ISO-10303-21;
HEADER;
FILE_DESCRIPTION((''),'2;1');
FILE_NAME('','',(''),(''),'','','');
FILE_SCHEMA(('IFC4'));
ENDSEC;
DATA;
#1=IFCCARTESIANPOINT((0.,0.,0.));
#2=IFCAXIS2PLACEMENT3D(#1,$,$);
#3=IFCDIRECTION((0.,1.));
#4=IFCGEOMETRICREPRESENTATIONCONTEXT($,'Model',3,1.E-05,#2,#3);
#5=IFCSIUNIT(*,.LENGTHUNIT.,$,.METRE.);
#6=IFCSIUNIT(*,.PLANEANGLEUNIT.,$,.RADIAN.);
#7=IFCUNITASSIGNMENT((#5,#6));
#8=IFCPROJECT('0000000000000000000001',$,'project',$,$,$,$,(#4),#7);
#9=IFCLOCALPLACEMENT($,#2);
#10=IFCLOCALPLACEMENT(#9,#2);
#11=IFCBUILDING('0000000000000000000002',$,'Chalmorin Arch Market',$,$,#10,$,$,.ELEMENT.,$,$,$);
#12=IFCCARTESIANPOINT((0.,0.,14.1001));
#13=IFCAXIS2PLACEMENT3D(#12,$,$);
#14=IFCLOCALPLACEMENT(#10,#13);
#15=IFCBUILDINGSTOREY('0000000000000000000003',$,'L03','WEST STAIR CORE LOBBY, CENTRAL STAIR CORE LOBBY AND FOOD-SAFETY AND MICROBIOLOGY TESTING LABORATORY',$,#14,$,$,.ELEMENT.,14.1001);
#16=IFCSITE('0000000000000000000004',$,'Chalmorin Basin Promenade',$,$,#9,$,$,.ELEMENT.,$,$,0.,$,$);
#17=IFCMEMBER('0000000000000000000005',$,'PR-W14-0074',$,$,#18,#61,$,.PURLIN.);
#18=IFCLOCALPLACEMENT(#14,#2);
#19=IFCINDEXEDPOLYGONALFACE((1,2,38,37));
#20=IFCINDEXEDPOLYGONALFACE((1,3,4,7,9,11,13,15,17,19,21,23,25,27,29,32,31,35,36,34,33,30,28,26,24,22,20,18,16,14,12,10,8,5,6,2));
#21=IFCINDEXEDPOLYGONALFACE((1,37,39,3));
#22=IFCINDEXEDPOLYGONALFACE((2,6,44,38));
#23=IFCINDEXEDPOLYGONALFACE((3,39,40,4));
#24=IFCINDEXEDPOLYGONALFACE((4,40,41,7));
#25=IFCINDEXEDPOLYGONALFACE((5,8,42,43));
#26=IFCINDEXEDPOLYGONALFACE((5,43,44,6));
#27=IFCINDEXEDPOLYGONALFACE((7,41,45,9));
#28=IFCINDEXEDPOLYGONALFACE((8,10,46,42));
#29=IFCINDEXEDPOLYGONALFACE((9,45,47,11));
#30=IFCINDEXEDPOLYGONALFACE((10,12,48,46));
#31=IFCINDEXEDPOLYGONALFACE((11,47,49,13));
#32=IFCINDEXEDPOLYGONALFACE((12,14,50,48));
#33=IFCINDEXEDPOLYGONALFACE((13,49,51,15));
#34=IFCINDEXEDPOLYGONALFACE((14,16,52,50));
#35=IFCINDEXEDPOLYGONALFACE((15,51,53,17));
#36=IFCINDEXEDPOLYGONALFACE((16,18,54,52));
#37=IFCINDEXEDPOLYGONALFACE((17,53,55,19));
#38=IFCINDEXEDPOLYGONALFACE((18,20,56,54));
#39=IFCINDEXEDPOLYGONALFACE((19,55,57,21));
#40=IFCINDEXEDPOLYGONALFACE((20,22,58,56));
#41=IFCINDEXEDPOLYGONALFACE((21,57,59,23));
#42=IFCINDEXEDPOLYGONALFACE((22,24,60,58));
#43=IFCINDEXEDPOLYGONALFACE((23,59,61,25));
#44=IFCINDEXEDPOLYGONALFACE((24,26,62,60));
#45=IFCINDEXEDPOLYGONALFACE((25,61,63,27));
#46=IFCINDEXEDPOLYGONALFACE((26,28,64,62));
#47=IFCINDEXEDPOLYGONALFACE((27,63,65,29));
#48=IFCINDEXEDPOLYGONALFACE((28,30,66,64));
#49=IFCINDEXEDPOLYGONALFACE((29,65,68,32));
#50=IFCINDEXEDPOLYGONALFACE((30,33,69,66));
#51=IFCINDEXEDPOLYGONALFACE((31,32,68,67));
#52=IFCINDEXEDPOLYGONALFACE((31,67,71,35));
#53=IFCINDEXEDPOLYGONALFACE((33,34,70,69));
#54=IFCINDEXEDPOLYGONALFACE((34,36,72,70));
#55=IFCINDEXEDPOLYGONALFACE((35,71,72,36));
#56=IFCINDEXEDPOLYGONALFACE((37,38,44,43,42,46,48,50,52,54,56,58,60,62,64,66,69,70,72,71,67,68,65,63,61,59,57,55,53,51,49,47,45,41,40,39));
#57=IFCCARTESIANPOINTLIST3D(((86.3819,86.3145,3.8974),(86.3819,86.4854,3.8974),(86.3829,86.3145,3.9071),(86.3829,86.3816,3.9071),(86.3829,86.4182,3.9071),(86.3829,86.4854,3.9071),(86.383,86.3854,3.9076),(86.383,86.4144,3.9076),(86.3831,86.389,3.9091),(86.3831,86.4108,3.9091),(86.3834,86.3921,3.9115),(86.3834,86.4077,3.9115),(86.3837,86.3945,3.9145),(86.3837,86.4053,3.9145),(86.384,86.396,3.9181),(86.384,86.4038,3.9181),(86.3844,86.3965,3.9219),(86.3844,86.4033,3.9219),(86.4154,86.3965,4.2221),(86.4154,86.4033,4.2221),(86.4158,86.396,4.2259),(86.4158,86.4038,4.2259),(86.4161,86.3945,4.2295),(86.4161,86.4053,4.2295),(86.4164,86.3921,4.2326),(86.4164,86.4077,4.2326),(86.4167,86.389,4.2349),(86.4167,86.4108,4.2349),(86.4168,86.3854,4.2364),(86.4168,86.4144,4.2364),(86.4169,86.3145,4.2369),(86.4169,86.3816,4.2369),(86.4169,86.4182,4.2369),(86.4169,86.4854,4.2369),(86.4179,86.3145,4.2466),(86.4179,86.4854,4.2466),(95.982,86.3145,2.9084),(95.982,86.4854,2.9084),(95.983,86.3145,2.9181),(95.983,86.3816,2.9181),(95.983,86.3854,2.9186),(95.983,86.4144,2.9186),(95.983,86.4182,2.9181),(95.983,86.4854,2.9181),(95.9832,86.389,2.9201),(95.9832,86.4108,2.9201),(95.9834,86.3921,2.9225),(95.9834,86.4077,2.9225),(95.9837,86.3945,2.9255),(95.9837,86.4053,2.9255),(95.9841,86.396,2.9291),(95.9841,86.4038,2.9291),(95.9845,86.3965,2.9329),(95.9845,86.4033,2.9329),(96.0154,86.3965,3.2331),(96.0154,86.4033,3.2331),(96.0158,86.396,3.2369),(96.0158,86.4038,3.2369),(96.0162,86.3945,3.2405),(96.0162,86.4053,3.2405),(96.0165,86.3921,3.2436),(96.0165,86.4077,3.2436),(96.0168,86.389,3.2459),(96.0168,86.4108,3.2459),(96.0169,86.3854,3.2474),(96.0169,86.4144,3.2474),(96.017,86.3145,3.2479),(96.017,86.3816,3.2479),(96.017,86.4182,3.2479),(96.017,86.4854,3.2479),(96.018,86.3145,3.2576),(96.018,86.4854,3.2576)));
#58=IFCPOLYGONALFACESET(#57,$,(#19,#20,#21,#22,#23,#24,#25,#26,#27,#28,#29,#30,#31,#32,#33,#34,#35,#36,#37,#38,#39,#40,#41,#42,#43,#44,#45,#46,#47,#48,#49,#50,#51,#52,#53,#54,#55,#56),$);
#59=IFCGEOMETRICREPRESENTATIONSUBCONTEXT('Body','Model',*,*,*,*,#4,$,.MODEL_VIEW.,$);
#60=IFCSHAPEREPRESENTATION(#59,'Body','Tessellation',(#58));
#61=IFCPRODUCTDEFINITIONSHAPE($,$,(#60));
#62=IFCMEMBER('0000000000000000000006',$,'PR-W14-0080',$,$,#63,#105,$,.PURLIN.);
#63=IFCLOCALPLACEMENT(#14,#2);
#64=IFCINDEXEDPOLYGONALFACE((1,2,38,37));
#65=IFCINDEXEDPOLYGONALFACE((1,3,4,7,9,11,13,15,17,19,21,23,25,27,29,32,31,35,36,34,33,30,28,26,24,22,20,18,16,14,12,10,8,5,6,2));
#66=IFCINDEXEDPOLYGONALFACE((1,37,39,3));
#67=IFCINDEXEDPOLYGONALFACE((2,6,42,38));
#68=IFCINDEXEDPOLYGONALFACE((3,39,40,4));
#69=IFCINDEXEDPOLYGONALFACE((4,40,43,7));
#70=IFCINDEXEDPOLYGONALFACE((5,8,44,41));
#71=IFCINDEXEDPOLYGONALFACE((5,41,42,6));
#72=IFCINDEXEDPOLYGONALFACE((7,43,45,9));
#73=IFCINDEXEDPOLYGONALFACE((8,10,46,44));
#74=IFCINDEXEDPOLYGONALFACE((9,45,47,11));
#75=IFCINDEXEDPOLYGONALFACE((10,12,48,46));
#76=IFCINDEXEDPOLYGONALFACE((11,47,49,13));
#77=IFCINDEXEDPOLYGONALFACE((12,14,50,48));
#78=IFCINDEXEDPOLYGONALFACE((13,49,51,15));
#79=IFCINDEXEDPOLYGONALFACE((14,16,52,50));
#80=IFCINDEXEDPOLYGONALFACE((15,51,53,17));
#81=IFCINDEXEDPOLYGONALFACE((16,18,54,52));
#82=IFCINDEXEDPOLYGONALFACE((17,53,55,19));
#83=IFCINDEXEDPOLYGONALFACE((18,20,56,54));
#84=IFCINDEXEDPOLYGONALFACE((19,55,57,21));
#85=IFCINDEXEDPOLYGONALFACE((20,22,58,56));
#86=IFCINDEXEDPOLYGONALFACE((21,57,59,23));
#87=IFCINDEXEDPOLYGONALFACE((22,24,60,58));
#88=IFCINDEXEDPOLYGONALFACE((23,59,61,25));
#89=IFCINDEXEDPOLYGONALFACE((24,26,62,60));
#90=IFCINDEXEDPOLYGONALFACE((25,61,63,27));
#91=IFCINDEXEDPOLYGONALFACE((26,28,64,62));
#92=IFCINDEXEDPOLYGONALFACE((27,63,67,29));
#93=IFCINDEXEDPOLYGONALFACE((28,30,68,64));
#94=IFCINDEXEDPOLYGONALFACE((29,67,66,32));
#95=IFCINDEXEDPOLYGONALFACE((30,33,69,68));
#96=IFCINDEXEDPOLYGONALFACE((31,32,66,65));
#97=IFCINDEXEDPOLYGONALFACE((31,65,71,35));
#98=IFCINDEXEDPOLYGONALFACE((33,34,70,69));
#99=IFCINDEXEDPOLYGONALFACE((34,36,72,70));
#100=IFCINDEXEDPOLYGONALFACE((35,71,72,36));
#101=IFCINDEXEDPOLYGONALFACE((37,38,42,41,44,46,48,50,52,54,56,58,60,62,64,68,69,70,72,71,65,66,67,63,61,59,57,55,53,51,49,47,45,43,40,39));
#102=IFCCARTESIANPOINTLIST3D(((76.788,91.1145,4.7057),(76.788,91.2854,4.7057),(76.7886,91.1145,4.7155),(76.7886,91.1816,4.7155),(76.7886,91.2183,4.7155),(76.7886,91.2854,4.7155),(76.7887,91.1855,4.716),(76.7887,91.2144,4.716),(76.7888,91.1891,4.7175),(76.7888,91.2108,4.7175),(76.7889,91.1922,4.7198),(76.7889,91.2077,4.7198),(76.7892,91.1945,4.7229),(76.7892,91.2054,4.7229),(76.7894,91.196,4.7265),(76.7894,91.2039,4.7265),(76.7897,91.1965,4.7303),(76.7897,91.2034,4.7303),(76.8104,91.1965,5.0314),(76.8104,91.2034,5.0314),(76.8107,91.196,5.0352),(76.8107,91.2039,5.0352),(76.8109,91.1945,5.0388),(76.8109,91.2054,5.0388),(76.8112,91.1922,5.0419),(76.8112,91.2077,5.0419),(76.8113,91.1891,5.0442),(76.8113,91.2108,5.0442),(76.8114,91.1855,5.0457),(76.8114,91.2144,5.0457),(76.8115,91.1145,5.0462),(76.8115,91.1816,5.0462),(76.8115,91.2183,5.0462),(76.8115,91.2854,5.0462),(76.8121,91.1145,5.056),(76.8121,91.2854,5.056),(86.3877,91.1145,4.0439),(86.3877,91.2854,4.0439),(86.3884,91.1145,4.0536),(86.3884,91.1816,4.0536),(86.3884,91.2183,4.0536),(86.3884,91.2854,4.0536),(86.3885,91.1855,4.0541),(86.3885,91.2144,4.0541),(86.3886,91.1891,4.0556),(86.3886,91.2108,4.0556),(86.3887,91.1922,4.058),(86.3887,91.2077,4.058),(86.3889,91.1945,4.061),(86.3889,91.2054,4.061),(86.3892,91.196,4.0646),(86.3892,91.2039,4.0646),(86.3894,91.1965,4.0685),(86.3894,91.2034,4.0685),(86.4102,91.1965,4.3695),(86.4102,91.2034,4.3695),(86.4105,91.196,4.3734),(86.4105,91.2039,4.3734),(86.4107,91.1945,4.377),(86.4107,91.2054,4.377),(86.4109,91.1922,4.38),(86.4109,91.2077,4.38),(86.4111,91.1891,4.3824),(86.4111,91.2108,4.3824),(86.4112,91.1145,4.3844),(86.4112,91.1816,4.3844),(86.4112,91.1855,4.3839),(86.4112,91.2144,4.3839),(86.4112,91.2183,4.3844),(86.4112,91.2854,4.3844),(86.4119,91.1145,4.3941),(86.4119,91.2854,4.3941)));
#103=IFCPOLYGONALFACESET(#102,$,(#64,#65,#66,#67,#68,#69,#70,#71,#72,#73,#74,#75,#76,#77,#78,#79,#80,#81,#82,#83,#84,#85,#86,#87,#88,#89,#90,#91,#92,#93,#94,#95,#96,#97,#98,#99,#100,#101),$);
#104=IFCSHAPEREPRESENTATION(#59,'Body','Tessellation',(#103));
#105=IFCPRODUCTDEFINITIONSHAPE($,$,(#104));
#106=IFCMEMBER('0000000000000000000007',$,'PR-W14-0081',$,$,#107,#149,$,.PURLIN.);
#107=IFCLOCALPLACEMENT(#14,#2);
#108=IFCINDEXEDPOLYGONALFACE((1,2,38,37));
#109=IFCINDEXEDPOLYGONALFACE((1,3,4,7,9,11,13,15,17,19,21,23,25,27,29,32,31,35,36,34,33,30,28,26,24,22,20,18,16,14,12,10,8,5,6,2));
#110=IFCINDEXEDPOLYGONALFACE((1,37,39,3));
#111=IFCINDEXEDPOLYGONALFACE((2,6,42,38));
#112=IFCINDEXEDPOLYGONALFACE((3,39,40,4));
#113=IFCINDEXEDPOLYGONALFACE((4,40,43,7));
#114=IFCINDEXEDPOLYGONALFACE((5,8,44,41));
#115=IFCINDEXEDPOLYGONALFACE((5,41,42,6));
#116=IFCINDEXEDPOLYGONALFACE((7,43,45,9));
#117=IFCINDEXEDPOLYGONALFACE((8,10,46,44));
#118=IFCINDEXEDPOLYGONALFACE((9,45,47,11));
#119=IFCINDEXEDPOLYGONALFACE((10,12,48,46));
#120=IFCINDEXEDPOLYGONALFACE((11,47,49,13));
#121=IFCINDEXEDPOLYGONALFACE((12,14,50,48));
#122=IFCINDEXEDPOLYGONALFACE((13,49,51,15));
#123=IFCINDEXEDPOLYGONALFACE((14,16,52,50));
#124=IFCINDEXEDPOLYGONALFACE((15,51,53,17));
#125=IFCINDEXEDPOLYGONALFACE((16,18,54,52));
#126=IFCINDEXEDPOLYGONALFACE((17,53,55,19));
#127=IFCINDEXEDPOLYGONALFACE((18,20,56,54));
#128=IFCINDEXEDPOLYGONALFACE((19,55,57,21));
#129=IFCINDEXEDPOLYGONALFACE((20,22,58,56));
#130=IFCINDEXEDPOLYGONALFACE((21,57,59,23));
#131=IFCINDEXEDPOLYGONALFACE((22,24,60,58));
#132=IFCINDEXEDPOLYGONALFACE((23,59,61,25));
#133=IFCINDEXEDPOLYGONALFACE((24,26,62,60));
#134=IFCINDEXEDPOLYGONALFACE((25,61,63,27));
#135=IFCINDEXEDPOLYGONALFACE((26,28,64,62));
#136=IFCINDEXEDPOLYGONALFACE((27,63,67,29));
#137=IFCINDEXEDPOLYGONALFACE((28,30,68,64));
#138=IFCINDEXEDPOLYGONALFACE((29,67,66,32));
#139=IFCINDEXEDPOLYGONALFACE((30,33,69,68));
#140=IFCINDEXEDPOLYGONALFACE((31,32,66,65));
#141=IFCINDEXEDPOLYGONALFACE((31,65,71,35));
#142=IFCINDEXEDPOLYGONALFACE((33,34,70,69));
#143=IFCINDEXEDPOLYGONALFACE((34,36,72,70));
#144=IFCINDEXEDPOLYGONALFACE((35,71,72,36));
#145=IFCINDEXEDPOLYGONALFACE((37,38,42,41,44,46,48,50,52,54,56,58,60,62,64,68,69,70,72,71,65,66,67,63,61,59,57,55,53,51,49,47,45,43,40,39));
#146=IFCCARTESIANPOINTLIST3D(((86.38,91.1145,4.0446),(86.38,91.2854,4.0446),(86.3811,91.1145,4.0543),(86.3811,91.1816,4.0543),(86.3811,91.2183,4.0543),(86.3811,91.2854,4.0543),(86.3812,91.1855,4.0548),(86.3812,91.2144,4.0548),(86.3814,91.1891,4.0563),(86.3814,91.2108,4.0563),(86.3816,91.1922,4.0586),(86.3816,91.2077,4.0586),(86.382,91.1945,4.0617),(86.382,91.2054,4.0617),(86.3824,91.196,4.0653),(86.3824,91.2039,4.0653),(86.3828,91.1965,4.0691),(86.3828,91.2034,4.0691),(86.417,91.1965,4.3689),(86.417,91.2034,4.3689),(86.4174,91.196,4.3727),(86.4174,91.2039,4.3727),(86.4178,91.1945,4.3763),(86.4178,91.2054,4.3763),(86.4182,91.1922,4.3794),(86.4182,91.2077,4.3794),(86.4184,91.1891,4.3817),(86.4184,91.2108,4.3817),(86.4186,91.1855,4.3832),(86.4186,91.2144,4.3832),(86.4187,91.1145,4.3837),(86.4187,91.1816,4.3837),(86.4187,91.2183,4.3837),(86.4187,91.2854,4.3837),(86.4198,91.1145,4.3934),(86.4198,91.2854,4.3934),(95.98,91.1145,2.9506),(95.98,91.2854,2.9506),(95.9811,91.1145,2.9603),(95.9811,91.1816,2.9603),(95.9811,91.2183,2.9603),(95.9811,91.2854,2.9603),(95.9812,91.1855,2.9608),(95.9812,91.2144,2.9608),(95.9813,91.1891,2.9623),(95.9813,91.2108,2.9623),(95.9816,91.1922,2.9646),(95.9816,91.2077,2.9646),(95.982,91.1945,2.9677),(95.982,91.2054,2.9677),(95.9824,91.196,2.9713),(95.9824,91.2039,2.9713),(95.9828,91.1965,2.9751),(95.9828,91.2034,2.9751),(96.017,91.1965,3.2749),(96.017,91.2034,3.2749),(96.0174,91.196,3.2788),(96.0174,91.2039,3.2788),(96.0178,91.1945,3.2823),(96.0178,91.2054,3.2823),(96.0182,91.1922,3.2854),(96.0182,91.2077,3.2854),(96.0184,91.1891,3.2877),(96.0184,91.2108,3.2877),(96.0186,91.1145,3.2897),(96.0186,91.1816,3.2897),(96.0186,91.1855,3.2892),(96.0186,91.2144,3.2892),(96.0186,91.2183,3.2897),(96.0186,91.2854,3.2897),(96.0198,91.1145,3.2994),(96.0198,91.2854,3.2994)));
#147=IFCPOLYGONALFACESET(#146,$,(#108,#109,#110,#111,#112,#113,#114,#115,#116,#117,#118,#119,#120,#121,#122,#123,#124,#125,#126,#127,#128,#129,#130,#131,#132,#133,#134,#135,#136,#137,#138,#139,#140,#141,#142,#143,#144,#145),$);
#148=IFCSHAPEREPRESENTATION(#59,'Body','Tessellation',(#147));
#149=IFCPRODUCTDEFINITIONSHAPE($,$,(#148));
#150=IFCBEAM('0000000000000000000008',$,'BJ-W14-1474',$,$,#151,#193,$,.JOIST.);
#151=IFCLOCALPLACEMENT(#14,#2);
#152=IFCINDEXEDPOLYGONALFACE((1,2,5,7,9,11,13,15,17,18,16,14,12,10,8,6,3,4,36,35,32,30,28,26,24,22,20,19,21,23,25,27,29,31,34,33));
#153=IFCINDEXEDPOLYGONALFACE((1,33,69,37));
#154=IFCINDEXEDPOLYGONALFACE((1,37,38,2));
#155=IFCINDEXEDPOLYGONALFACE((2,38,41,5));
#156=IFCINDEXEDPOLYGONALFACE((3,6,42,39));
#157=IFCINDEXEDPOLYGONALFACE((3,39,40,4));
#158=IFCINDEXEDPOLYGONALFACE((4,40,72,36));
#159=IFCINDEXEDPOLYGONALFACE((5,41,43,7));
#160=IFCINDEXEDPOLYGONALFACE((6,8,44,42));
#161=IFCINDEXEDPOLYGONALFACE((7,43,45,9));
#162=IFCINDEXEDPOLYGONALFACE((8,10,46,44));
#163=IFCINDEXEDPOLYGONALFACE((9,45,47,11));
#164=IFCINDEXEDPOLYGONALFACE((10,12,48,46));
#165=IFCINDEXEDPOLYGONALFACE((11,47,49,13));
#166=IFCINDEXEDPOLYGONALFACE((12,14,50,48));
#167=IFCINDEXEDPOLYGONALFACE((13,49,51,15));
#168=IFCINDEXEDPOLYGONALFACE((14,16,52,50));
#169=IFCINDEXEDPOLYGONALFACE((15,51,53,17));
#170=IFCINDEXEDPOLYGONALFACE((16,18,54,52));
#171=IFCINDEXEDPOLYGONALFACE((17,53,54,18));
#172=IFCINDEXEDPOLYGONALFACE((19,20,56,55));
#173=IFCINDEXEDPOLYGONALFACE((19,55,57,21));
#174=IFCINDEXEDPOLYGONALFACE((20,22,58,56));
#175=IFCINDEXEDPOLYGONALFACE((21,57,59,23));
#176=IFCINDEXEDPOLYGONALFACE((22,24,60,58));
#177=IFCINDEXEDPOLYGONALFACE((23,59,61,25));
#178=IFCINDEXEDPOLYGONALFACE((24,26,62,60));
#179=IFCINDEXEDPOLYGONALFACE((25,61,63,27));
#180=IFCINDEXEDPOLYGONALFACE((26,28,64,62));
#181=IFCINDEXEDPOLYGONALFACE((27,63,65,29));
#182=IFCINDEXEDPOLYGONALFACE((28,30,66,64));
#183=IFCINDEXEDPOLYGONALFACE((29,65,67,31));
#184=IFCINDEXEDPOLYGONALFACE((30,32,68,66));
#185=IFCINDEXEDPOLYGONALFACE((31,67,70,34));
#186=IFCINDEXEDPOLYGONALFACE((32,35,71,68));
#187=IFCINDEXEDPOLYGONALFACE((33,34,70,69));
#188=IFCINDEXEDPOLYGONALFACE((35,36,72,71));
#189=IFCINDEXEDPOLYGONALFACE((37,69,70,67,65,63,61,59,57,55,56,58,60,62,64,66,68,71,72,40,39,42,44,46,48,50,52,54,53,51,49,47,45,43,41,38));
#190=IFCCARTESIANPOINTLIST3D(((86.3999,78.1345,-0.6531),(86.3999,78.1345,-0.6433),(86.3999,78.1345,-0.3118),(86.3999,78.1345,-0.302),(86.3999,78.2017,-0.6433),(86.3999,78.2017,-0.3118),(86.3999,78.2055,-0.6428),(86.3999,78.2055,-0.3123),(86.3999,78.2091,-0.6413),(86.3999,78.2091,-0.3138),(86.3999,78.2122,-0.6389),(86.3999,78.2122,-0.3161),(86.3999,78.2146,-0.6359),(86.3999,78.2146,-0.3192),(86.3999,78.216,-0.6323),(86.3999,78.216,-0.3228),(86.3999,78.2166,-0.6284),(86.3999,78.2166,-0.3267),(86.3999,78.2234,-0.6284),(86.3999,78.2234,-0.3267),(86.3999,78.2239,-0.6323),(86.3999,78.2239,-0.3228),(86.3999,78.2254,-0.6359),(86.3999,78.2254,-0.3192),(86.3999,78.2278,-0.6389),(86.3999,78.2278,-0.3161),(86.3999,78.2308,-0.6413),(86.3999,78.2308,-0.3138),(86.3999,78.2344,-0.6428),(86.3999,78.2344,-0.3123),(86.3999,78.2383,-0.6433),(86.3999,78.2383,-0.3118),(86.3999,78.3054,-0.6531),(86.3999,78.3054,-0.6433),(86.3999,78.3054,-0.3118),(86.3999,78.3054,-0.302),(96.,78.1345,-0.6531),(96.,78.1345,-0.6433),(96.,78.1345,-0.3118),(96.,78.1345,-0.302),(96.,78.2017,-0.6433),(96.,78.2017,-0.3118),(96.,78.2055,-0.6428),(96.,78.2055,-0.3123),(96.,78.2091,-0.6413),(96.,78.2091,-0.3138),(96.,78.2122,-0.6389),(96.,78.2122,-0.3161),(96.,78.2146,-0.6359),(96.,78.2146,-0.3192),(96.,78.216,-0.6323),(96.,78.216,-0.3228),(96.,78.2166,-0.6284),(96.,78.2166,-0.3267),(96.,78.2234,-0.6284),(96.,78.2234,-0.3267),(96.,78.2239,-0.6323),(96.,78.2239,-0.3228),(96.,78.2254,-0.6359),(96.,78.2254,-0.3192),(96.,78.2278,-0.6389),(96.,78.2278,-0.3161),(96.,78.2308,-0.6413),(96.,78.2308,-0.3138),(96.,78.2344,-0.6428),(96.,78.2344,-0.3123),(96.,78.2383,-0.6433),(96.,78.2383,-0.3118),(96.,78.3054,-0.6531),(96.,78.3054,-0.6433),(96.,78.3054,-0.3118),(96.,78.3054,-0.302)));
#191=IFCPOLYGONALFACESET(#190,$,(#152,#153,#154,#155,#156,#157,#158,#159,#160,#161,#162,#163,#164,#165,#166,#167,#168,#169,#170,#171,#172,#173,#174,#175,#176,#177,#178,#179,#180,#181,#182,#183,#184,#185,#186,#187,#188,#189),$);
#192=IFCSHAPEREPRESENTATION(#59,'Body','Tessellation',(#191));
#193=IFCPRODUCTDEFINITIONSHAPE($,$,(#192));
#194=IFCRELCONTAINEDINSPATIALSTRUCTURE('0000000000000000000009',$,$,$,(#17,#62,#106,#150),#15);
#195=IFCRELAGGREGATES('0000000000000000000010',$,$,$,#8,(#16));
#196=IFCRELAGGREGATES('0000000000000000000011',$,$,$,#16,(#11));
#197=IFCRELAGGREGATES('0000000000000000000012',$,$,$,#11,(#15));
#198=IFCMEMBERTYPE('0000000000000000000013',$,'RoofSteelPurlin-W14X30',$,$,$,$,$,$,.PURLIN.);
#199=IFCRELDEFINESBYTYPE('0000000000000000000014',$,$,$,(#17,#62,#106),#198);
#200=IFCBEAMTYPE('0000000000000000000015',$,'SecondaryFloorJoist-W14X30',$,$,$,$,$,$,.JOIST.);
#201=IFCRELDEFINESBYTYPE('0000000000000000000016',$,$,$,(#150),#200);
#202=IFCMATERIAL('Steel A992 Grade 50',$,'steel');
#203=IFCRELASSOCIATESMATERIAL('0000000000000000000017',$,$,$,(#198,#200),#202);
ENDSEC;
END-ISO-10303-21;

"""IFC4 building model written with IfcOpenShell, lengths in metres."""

from ifc_helpers import new_model, si_unit, direction, frame, origin, origin_2d, place, context, subcontext, project, spatial, i_section, extrude, material, material_profile, profile_set, type_object, element, save


model = new_model("IFC4")

# Units and contexts
model_context = context("Model", 3, precision=1e-05, world=origin(), true_north=direction((0.0, 1.0)))
body_context = subcontext(model_context, "Body", "Model", "MODEL_VIEW")
ifc_project = project(units=[si_unit("LENGTHUNIT", "METRE"), si_unit("PLANEANGLEUNIT", "RADIAN")], contexts=[model_context])

# Site, building, storey
site_placement = place(None, origin())
site = spatial("IfcSite", under=ifc_project, at=site_placement, Name="Chalmorin Basin Promenade", CompositionType="ELEMENT", RefElevation=0.0)
building_placement = place(site_placement, origin())
building = spatial("IfcBuilding", under=site, at=building_placement, Name="Chalmorin Arch Market", CompositionType="ELEMENT")
storey_placement = place(building_placement, frame((0.0, 0.0, 14.1001)))
storey = spatial("IfcBuildingStorey", under=building, at=storey_placement, Name="L03", Description="WEST STAIR CORE LOBBY, CENTRAL STAIR CORE LOBBY AND FOOD-SAFETY AND MICROBIOLOGY TESTING LABORATORY", CompositionType="ELEMENT", Elevation=14.1001)

# Shared definitions
ifc_material_1 = material(Name="Steel A992 Grade 50", Category="steel")

# Members
ifc_material_profile_1 = material_profile(ifc_material_1, i_section(OverallWidth=0.1709, OverallDepth=0.3511, WebThickness=0.0068, FlangeThickness=0.0098, FilletRadius=0.0149, at=origin_2d()), Name="W14X30")
ifc_profile_set_1 = profile_set([ifc_material_profile_1], Name="Steel A992 Grade 50")
member_type = type_object("IfcMemberType", Name="RoofSteelPurlin-W14X30", PredefinedType="PURLIN", material=ifc_profile_set_1)
member_1_placement = place(storey_placement, frame((86.3999, 86.3999, 4.072), z_axis=(0.994735, 0.0, -0.102479), x_axis=(0.0, 1.0, 0.0)))
element("IfcMember", 1, at=member_1_placement, inside=storey, type_object=member_type, Name="PR-W14-0074", PredefinedType="PURLIN", context=body_context, shape_type="SweptSolid", body=[
    extrude(i_section(OverallWidth=0.1709, OverallDepth=0.3511, WebThickness=0.0068, FlangeThickness=0.0098, FilletRadius=0.0149, at=origin_2d()), origin(), (0.0, 0.0, 1.0), 9.6509),
])
member_2_placement = place(storey_placement, frame((76.8, 91.2, 4.8809), z_axis=(0.997632, 0.0, -0.068782), x_axis=(0.0, 1.0, 0.0)))
element("IfcMember", 2, at=member_2_placement, inside=storey, type_object=member_type, Name="PR-W14-0080", PredefinedType="PURLIN", context=body_context, shape_type="SweptSolid", body=[
    extrude(i_section(OverallWidth=0.1709, OverallDepth=0.3511, WebThickness=0.0068, FlangeThickness=0.0098, FilletRadius=0.0149, at=origin_2d()), origin(), (0.0, 0.0, 1.0), 9.6226),
])
member_3_placement = place(storey_placement, frame((86.3999, 91.2, 4.219), z_axis=(0.99357, 0.0, -0.113224), x_axis=(0.0, 1.0, 0.0)))
element("IfcMember", 3, at=member_3_placement, inside=storey, type_object=member_type, Name="PR-W14-0081", PredefinedType="PURLIN", context=body_context, shape_type="SweptSolid", body=[
    extrude(i_section(OverallWidth=0.1709, OverallDepth=0.3511, WebThickness=0.0068, FlangeThickness=0.0098, FilletRadius=0.0149, at=origin_2d()), origin(), (0.0, 0.0, 1.0), 9.6621),
])

# Beam
ifc_material_profile_2 = material_profile(ifc_material_1, i_section(OverallWidth=0.1709, OverallDepth=0.3511, WebThickness=0.0068, FlangeThickness=0.0098, FilletRadius=0.0149, at=origin_2d()), Name="W14X30")
ifc_profile_set_2 = profile_set([ifc_material_profile_2], Name="Steel A992 Grade 50")
beam_type_1 = type_object("IfcBeamType", Name="SecondaryFloorJoist-W14X30", PredefinedType="JOIST", material=ifc_profile_set_2)
for number, where, z_axis, x_axis, name in (
    (4, (86.3999, 78.22, -0.4775), (1.0, 0.0, 0.0), (0.0, 1.0, 0.0), "BJ-W14-1474"),
):
    element("IfcBeam", number, at=place(storey_placement, frame(where, z_axis=z_axis, x_axis=x_axis)), inside=storey, type_object=beam_type_1, Name=name, PredefinedType="JOIST", context=body_context, shape_type="SweptSolid", body=[
        extrude(i_section(OverallWidth=0.1709, OverallDepth=0.3511, WebThickness=0.0068, FlangeThickness=0.0098, FilletRadius=0.0149, at=origin_2d()), origin(), (0.0, 0.0, 1.0), 9.6001),
    ])

save(model, "model.ifc")
